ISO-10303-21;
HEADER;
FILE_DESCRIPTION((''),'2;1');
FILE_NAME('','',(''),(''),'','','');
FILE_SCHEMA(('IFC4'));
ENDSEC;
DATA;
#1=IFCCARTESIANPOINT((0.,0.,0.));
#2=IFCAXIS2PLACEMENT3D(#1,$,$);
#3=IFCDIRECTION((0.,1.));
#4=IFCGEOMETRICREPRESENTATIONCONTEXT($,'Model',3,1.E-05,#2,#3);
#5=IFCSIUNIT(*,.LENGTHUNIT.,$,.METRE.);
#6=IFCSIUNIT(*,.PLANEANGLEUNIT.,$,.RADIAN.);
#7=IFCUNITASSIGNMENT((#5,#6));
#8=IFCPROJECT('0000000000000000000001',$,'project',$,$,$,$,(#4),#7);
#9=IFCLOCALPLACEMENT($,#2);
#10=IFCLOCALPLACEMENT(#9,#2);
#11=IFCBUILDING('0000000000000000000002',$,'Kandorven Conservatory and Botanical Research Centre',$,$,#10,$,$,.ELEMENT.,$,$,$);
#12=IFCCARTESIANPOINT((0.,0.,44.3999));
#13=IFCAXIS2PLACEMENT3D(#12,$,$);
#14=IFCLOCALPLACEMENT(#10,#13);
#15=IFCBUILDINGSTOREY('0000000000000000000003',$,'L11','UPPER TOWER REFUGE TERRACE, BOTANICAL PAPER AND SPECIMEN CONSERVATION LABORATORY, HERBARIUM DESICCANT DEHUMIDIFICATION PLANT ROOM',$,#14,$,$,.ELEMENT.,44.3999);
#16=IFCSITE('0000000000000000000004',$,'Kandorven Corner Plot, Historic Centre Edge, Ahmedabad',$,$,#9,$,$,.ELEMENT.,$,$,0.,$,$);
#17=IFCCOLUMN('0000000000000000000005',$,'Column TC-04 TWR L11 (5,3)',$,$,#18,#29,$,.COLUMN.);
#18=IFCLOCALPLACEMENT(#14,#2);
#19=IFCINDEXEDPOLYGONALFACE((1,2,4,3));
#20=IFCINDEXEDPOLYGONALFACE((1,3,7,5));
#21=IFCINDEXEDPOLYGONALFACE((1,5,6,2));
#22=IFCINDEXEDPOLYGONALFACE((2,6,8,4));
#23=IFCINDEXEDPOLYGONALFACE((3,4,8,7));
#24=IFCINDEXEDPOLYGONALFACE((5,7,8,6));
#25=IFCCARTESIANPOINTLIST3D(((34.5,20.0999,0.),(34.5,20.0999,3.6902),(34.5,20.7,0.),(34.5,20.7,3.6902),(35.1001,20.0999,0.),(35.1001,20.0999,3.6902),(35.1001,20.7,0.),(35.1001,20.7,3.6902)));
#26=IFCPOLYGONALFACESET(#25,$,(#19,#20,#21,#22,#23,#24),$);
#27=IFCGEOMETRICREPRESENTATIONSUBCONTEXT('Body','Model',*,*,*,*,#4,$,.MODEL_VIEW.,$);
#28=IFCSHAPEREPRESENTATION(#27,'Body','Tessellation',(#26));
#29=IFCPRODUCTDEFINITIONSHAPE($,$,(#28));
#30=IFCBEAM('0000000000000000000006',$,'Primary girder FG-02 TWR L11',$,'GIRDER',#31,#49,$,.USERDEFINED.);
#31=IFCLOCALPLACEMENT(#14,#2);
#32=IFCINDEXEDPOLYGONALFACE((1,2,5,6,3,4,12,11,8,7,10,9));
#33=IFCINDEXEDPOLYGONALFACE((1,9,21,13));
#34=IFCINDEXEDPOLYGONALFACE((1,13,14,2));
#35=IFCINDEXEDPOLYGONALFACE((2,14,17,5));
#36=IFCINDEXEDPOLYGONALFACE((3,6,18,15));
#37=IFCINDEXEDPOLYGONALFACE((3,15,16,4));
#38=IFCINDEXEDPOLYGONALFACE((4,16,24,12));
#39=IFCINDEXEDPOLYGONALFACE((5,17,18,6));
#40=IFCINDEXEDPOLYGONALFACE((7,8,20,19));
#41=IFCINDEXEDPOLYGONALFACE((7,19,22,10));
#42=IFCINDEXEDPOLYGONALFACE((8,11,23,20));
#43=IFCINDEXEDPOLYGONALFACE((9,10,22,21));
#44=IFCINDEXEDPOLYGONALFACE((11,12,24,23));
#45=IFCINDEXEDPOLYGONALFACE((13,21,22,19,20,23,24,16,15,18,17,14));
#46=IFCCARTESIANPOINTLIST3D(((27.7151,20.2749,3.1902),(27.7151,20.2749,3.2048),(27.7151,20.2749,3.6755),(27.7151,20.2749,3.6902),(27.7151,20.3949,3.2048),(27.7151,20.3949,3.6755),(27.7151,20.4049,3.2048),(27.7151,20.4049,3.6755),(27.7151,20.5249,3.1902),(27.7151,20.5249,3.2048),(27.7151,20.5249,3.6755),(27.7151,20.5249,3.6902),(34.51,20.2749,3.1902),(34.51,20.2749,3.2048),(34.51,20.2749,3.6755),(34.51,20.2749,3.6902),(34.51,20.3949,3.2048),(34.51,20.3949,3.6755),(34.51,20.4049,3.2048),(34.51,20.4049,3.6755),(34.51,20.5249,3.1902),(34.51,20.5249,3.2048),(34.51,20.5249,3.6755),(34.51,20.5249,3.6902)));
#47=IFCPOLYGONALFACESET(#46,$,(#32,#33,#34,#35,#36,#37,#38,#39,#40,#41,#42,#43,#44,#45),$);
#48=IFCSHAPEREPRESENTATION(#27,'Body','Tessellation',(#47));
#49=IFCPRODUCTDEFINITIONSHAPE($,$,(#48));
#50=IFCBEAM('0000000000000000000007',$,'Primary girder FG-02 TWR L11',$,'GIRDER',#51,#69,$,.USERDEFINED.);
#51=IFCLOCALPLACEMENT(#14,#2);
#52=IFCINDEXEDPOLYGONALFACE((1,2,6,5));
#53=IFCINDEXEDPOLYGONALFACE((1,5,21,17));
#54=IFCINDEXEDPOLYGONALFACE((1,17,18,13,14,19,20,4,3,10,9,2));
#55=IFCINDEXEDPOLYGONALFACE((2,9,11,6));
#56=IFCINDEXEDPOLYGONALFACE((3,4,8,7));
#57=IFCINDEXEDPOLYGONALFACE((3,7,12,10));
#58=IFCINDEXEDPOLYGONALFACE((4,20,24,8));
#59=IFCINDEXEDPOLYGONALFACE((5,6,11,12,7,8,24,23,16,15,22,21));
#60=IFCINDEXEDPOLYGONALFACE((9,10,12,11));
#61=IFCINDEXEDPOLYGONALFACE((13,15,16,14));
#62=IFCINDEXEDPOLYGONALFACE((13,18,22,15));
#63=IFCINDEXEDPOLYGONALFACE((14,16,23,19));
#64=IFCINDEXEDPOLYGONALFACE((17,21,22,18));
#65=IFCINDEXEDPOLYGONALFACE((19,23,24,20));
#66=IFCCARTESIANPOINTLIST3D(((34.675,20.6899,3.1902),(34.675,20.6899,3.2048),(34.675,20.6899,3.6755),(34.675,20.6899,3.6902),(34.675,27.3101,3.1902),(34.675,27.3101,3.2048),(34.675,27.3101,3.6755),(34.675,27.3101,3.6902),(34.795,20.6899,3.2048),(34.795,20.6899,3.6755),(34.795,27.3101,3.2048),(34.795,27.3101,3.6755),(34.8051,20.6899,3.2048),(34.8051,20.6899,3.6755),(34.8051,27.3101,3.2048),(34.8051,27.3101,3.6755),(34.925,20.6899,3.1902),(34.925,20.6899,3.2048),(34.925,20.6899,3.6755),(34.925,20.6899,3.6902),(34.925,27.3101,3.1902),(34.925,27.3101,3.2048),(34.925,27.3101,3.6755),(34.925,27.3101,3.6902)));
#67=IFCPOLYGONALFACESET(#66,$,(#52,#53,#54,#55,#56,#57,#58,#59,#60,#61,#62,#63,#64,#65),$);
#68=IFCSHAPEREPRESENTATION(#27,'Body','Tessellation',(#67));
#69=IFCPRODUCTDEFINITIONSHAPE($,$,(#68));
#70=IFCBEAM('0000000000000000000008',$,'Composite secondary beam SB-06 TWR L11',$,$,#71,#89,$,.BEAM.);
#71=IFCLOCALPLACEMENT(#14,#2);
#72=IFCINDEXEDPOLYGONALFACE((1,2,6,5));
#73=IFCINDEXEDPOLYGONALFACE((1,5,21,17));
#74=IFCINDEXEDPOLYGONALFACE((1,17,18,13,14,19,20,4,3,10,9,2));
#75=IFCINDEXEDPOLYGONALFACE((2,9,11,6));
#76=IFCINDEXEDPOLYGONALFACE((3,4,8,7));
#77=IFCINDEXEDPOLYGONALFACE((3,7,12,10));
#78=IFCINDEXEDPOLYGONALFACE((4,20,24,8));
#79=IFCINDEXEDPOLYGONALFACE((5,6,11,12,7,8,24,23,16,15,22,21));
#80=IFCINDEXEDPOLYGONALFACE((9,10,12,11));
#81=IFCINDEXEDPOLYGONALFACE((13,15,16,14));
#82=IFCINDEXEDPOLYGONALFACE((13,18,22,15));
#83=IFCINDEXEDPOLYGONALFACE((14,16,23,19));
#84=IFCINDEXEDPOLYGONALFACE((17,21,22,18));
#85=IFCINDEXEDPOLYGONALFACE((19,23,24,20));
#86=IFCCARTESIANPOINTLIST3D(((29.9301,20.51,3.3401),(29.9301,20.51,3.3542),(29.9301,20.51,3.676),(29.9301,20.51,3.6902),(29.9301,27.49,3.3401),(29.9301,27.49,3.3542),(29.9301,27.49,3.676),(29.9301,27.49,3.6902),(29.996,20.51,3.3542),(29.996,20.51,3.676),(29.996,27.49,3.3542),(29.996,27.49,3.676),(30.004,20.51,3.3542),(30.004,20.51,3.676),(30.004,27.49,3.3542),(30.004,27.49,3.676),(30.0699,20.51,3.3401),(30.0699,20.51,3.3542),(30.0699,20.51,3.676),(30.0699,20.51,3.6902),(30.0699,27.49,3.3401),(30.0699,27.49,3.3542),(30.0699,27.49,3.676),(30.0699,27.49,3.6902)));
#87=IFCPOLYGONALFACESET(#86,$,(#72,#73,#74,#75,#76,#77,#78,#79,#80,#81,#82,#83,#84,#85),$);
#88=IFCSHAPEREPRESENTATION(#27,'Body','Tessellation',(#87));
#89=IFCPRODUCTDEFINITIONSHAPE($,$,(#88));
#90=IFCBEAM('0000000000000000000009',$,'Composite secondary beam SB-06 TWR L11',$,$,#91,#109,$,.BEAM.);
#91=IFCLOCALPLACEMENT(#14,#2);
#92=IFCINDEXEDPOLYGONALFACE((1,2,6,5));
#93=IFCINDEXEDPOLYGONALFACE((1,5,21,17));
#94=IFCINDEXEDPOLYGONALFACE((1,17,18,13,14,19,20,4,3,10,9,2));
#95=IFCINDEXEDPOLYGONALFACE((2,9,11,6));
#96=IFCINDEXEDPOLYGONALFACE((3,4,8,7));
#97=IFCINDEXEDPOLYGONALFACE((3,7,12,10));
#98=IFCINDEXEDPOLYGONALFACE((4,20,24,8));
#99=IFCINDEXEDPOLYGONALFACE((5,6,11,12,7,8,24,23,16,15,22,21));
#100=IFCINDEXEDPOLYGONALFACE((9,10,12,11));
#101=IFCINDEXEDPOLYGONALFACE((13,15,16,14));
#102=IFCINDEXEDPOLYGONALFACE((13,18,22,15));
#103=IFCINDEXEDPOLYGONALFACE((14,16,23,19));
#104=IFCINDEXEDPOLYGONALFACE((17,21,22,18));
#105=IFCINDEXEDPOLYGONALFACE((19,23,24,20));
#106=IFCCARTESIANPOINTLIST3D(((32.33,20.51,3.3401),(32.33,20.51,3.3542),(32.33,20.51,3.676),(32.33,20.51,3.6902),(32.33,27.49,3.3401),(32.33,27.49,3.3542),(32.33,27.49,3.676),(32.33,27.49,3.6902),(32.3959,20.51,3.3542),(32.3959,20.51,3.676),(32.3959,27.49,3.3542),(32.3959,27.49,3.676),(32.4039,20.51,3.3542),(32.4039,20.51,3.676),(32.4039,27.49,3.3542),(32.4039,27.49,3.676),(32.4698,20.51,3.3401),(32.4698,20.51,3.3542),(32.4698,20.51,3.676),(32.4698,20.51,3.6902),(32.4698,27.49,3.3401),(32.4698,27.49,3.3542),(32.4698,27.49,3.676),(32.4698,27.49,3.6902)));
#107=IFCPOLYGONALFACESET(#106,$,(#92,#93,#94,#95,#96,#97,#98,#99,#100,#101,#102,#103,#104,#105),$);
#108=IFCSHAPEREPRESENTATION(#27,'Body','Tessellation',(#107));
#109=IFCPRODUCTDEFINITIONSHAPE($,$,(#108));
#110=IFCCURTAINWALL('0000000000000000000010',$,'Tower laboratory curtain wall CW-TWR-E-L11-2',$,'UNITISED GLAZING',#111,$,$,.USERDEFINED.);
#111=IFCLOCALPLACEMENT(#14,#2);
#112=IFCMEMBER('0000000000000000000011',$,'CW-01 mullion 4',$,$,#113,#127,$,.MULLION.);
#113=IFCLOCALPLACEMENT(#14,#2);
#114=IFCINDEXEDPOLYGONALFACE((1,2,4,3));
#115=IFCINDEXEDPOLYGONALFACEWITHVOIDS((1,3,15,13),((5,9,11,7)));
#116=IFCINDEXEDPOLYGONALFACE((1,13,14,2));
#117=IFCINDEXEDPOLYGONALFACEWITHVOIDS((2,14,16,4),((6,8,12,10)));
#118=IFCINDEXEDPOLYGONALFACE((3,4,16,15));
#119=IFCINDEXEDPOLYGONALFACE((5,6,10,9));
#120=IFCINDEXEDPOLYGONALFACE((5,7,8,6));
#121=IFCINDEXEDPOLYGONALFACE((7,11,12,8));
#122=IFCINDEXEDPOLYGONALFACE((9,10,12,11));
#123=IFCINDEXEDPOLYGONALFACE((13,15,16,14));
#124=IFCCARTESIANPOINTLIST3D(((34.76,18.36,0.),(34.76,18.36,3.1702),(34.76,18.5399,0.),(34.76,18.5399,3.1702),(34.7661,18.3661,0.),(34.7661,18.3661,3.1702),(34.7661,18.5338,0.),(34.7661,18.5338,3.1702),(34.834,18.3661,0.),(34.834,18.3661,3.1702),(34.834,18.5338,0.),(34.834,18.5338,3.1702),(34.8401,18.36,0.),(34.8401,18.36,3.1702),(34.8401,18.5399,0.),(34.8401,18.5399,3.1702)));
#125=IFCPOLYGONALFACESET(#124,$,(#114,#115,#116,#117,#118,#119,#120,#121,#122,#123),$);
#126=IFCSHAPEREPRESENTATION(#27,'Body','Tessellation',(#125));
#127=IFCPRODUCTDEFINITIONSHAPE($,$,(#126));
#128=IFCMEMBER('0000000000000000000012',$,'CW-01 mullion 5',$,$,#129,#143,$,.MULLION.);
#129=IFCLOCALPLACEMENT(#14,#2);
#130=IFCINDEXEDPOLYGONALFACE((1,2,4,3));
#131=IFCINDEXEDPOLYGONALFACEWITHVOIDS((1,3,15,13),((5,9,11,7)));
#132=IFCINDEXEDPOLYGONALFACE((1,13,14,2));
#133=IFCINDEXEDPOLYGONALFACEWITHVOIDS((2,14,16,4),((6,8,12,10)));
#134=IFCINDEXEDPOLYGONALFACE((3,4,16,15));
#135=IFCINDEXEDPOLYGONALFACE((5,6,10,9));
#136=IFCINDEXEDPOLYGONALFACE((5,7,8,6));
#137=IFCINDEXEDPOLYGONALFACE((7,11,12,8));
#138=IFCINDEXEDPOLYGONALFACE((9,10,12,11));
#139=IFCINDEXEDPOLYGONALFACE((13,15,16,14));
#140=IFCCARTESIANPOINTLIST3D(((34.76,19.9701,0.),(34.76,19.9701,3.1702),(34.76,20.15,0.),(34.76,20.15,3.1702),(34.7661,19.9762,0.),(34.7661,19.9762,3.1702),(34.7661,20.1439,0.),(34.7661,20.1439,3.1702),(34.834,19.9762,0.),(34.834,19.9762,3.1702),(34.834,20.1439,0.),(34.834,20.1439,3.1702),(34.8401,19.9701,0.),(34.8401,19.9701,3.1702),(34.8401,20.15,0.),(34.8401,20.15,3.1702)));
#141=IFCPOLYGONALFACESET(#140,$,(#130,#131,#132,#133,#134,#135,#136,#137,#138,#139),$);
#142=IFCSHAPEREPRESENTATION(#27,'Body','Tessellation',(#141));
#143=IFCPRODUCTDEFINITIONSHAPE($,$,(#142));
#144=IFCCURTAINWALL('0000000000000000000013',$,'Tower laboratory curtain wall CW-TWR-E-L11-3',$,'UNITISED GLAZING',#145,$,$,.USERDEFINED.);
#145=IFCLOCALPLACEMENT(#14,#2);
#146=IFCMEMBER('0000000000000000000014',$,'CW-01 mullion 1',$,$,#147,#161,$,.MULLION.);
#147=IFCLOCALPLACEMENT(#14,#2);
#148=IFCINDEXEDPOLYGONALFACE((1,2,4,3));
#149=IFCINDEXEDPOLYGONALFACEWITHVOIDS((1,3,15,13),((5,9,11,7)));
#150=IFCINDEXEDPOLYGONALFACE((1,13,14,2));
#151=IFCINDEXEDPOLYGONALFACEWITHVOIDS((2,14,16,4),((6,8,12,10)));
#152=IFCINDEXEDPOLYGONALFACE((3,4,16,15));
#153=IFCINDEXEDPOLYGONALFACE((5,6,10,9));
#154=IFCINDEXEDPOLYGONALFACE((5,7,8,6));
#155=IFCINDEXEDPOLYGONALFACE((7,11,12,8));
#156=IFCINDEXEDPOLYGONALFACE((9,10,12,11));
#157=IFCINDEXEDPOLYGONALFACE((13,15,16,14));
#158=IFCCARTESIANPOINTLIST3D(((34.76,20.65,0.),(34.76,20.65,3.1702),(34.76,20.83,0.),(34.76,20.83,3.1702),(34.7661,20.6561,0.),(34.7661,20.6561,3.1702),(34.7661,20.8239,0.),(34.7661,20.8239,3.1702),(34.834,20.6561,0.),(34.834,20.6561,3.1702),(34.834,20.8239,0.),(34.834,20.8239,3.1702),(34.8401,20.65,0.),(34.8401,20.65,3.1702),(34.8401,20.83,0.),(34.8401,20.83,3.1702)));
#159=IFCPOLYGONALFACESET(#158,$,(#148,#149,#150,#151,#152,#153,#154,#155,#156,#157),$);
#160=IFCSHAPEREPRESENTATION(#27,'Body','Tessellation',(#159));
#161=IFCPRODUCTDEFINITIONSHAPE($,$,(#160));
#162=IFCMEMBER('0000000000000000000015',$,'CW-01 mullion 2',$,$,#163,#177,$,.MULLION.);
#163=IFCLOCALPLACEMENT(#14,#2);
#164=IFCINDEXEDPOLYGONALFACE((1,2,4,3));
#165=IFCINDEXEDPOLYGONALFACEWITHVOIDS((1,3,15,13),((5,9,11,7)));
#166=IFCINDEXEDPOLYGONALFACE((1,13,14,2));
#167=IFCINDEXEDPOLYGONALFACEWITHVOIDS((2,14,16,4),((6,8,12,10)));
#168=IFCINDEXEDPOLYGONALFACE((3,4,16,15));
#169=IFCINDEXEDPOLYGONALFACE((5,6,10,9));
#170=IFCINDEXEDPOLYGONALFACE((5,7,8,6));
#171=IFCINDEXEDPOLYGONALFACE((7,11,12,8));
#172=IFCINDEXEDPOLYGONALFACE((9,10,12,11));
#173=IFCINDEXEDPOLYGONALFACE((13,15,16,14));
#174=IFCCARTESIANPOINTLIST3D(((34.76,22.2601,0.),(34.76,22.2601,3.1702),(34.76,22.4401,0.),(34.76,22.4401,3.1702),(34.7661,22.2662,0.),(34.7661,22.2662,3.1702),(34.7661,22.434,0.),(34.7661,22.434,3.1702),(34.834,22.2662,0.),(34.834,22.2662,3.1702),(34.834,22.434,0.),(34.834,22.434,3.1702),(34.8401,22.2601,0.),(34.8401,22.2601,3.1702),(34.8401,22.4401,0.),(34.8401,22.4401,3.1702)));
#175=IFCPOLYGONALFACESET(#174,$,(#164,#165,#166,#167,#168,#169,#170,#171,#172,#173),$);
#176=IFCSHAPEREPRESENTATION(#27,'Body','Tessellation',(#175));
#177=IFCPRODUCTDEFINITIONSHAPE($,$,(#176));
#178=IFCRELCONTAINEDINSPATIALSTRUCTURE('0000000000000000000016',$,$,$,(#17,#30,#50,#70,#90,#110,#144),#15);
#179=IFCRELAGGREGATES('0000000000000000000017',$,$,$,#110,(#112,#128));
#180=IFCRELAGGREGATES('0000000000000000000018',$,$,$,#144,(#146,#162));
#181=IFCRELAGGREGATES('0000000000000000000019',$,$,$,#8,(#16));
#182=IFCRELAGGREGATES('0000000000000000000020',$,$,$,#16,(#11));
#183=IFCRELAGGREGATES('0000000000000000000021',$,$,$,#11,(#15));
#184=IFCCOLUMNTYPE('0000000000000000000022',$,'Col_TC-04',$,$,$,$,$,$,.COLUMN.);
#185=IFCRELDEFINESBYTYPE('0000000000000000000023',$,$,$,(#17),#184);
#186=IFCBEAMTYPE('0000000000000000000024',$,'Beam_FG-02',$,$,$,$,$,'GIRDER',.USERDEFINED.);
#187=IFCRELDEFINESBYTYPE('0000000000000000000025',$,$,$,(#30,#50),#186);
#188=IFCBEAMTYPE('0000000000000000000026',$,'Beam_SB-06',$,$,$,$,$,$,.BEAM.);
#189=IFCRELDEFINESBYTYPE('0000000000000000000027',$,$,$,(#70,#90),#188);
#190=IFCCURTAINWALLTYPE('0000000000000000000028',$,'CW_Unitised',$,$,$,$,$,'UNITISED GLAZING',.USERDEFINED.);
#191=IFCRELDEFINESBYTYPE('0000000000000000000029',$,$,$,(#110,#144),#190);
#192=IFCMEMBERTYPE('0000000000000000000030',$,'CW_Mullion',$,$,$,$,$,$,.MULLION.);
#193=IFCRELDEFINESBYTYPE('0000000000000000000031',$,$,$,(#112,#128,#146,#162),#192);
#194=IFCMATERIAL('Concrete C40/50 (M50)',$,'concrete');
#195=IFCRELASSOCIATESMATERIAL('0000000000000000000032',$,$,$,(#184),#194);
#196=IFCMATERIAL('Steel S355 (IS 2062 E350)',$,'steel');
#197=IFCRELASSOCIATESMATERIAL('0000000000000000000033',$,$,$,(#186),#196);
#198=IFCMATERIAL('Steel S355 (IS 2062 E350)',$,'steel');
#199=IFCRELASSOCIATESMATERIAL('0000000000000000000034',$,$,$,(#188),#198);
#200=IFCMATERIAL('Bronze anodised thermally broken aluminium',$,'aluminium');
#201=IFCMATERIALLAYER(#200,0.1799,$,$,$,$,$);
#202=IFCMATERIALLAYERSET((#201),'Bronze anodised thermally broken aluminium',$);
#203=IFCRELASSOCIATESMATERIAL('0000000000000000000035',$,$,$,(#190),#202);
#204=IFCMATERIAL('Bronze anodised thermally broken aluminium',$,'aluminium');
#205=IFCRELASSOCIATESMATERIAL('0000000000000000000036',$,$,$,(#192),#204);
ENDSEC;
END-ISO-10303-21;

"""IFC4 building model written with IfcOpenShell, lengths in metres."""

from ifc_helpers import new_model, si_unit, direction, frame, origin, origin_2d, place, context, subcontext, project, spatial, rectangle, hollow_rectangle, i_section, extrude, material, layer, layer_set, material_profile, profile_set, type_object, element, aggregate, save


model = new_model("IFC4")

# Units and contexts
model_context = context("Model", 3, precision=1e-05, world=origin(), true_north=direction((0.0, 1.0)))
body_context = subcontext(model_context, "Body", "Model", "MODEL_VIEW")
ifc_project = project(units=[si_unit("LENGTHUNIT", "METRE"), si_unit("PLANEANGLEUNIT", "RADIAN")], contexts=[model_context])

# Site, building, storey
site_placement = place(None, origin())
site = spatial("IfcSite", under=ifc_project, at=site_placement, Name="Kandorven Corner Plot, Historic Centre Edge, Ahmedabad", CompositionType="ELEMENT", RefElevation=0.0)
building_placement = place(site_placement, origin())
building = spatial("IfcBuilding", under=site, at=building_placement, Name="Kandorven Conservatory and Botanical Research Centre", CompositionType="ELEMENT")
storey_placement = place(building_placement, frame((0.0, 0.0, 44.3999)))
storey = spatial("IfcBuildingStorey", under=building, at=storey_placement, Name="L11", Description="UPPER TOWER REFUGE TERRACE, BOTANICAL PAPER AND SPECIMEN CONSERVATION LABORATORY, HERBARIUM DESICCANT DEHUMIDIFICATION PLANT ROOM", CompositionType="ELEMENT", Elevation=44.3999)

# Column
ifc_material_1 = material(Name="Concrete C40/50 (M50)", Category="concrete")
ifc_material_profile_1 = material_profile(ifc_material_1, rectangle(XDim=0.6001, YDim=0.6001, at=origin_2d()))
ifc_profile_set_1 = profile_set([ifc_material_profile_1], Name="Concrete C40/50 (M50)")
column_type = type_object("IfcColumnType", Name="Col_TC-04", PredefinedType="COLUMN", material=ifc_profile_set_1)
column_placement = place(storey_placement, frame((34.8, 20.3999, 0.0), z_axis=(0.0, 0.0, 1.0), x_axis=(1.0, 0.0, 0.0)))
element("IfcColumn", 1, at=column_placement, inside=storey, type_object=column_type, Name="Column TC-04 TWR L11 (5,3)", PredefinedType="COLUMN", context=body_context, shape_type="SweptSolid", body=[
    extrude(rectangle(XDim=0.6001, YDim=0.6001, at=origin_2d()), origin(), (0.0, 0.0, 1.0), 3.6902),
])

# Beams
ifc_material_2 = material(Name="Steel S355 (IS 2062 E350)", Category="steel")
ifc_material_profile_2 = material_profile(ifc_material_2, i_section(OverallWidth=0.25, OverallDepth=0.5, WebThickness=0.01, FlangeThickness=0.0146, at=origin_2d()))
ifc_profile_set_2 = profile_set([ifc_material_profile_2], Name="Steel S355 (IS 2062 E350)")
beam_type_1 = type_object("IfcBeamType", Name="Beam_FG-02", ElementType="GIRDER", PredefinedType="USERDEFINED", material=ifc_profile_set_2)
beam_1_placement = place(storey_placement, frame((27.7151, 20.3999, 3.4402), z_axis=(1.0, 0.0, 0.0), x_axis=(0.0, 1.0, 0.0)))
element("IfcBeam", 2, at=beam_1_placement, inside=storey, type_object=beam_type_1, Name="Primary girder FG-02 TWR L11", ObjectType="GIRDER", PredefinedType="USERDEFINED", context=body_context, shape_type="SweptSolid", body=[
    extrude(i_section(OverallWidth=0.25, OverallDepth=0.5, WebThickness=0.01, FlangeThickness=0.0146, at=origin_2d()), origin(), (0.0, 0.0, 1.0), 6.7949),
])
beam_2_placement = place(storey_placement, frame((34.8, 20.6899, 3.4402), z_axis=(0.0, 1.0, 0.0), x_axis=(-1.0, 0.0, 0.0)))
element("IfcBeam", 3, at=beam_2_placement, inside=storey, type_object=beam_type_1, Name="Primary girder FG-02 TWR L11", ObjectType="GIRDER", PredefinedType="USERDEFINED", context=body_context, shape_type="SweptSolid", body=[
    extrude(i_section(OverallWidth=0.25, OverallDepth=0.5, WebThickness=0.01, FlangeThickness=0.0146, at=origin_2d()), origin(), (0.0, 0.0, 1.0), 6.6201),
])
ifc_material_3 = material(Name="Steel S355 (IS 2062 E350)", Category="steel")
ifc_material_profile_3 = material_profile(ifc_material_3, i_section(OverallWidth=0.1399, OverallDepth=0.3501, WebThickness=0.0081, FlangeThickness=0.0142, at=origin_2d()))
ifc_profile_set_3 = profile_set([ifc_material_profile_3], Name="Steel S355 (IS 2062 E350)")
beam_type_2 = type_object("IfcBeamType", Name="Beam_SB-06", PredefinedType="BEAM", material=ifc_profile_set_3)
for number, where, z_axis, x_axis, name in (
    (4, (30.0, 20.51, 3.5151), (0.0, 1.0, 0.0), (-1.0, 0.0, 0.0), "Composite secondary beam SB-06 TWR L11"),
    (5, (32.3999, 20.51, 3.5151), (0.0, 1.0, 0.0), (-1.0, 0.0, 0.0), "Composite secondary beam SB-06 TWR L11"),
):
    element("IfcBeam", number, at=place(storey_placement, frame(where, z_axis=z_axis, x_axis=x_axis)), inside=storey, type_object=beam_type_2, Name=name, PredefinedType="BEAM", context=body_context, shape_type="SweptSolid", body=[
        extrude(i_section(OverallWidth=0.1399, OverallDepth=0.3501, WebThickness=0.0081, FlangeThickness=0.0142, at=origin_2d()), origin(), (0.0, 0.0, 1.0), 6.98),
    ])

# Curtain walls, members
ifc_material_4 = material(Name="Bronze anodised thermally broken aluminium", Category="aluminium")
ifc_layer_1 = layer(ifc_material_4, 0.1799)
ifc_layer_set_1 = layer_set([ifc_layer_1], Name="Bronze anodised thermally broken aluminium")
curtain_wall_type = type_object("IfcCurtainWallType", Name="CW_Unitised", ElementType="UNITISED GLAZING", PredefinedType="USERDEFINED", material=ifc_layer_set_1)
curtain_wall_1_placement = place(storey_placement, origin())
curtain_wall_1 = element("IfcCurtainWall", 6, at=curtain_wall_1_placement, inside=storey, type_object=curtain_wall_type, Name="Tower laboratory curtain wall CW-TWR-E-L11-2", ObjectType="UNITISED GLAZING", PredefinedType="USERDEFINED")
ifc_material_5 = material(Name="Bronze anodised thermally broken aluminium", Category="aluminium")
ifc_material_profile_4 = material_profile(ifc_material_5, hollow_rectangle(XDim=0.0801, YDim=0.1799, WallThickness=0.0061, at=origin_2d()))
ifc_profile_set_4 = profile_set([ifc_material_profile_4], Name="Bronze anodised thermally broken aluminium")
member_type_1 = type_object("IfcMemberType", Name="CW_Mullion", PredefinedType="MULLION", material=ifc_profile_set_4)
member_1_placement = place(storey_placement, frame((34.8, 18.45, 0.0), z_axis=(0.0, 0.0, 1.0), x_axis=(-1.0, 0.0, 0.0)))
member_1 = element("IfcMember", 7, at=member_1_placement, type_object=member_type_1, Name="CW-01 mullion 4", PredefinedType="MULLION", context=body_context, shape_type="SweptSolid", body=[
    extrude(hollow_rectangle(XDim=0.0801, YDim=0.1799, WallThickness=0.0061, at=origin_2d()), origin(), (0.0, 0.0, 1.0), 3.1702),
])
member_2_placement = place(storey_placement, frame((34.8, 20.0601, 0.0), z_axis=(0.0, 0.0, 1.0), x_axis=(-1.0, 0.0, 0.0)))
member_2 = element("IfcMember", 8, at=member_2_placement, type_object=member_type_1, Name="CW-01 mullion 5", PredefinedType="MULLION", context=body_context, shape_type="SweptSolid", body=[
    extrude(hollow_rectangle(XDim=0.0801, YDim=0.1799, WallThickness=0.0061, at=origin_2d()), origin(), (0.0, 0.0, 1.0), 3.1702),
])
curtain_wall_2_placement = place(storey_placement, origin())
curtain_wall_2 = element("IfcCurtainWall", 9, at=curtain_wall_2_placement, inside=storey, type_object=curtain_wall_type, Name="Tower laboratory curtain wall CW-TWR-E-L11-3", ObjectType="UNITISED GLAZING", PredefinedType="USERDEFINED")
member_3_placement = place(storey_placement, frame((34.8, 20.74, 0.0), z_axis=(0.0, 0.0, 1.0), x_axis=(-1.0, 0.0, 0.0)))
member_3 = element("IfcMember", 10, at=member_3_placement, type_object=member_type_1, Name="CW-01 mullion 1", PredefinedType="MULLION", context=body_context, shape_type="SweptSolid", body=[
    extrude(hollow_rectangle(XDim=0.0801, YDim=0.1799, WallThickness=0.0061, at=origin_2d()), origin(), (0.0, 0.0, 1.0), 3.1702),
])
member_4_placement = place(storey_placement, frame((34.8, 22.3501, 0.0), z_axis=(0.0, 0.0, 1.0), x_axis=(-1.0, 0.0, 0.0)))
member_4 = element("IfcMember", 11, at=member_4_placement, type_object=member_type_1, Name="CW-01 mullion 2", PredefinedType="MULLION", context=body_context, shape_type="SweptSolid", body=[
    extrude(hollow_rectangle(XDim=0.0801, YDim=0.1799, WallThickness=0.0061, at=origin_2d()), origin(), (0.0, 0.0, 1.0), 3.1702),
])

aggregate(curtain_wall_1, [member_1, member_2])
aggregate(curtain_wall_2, [member_3, member_4])

save(model, "model.ifc")
